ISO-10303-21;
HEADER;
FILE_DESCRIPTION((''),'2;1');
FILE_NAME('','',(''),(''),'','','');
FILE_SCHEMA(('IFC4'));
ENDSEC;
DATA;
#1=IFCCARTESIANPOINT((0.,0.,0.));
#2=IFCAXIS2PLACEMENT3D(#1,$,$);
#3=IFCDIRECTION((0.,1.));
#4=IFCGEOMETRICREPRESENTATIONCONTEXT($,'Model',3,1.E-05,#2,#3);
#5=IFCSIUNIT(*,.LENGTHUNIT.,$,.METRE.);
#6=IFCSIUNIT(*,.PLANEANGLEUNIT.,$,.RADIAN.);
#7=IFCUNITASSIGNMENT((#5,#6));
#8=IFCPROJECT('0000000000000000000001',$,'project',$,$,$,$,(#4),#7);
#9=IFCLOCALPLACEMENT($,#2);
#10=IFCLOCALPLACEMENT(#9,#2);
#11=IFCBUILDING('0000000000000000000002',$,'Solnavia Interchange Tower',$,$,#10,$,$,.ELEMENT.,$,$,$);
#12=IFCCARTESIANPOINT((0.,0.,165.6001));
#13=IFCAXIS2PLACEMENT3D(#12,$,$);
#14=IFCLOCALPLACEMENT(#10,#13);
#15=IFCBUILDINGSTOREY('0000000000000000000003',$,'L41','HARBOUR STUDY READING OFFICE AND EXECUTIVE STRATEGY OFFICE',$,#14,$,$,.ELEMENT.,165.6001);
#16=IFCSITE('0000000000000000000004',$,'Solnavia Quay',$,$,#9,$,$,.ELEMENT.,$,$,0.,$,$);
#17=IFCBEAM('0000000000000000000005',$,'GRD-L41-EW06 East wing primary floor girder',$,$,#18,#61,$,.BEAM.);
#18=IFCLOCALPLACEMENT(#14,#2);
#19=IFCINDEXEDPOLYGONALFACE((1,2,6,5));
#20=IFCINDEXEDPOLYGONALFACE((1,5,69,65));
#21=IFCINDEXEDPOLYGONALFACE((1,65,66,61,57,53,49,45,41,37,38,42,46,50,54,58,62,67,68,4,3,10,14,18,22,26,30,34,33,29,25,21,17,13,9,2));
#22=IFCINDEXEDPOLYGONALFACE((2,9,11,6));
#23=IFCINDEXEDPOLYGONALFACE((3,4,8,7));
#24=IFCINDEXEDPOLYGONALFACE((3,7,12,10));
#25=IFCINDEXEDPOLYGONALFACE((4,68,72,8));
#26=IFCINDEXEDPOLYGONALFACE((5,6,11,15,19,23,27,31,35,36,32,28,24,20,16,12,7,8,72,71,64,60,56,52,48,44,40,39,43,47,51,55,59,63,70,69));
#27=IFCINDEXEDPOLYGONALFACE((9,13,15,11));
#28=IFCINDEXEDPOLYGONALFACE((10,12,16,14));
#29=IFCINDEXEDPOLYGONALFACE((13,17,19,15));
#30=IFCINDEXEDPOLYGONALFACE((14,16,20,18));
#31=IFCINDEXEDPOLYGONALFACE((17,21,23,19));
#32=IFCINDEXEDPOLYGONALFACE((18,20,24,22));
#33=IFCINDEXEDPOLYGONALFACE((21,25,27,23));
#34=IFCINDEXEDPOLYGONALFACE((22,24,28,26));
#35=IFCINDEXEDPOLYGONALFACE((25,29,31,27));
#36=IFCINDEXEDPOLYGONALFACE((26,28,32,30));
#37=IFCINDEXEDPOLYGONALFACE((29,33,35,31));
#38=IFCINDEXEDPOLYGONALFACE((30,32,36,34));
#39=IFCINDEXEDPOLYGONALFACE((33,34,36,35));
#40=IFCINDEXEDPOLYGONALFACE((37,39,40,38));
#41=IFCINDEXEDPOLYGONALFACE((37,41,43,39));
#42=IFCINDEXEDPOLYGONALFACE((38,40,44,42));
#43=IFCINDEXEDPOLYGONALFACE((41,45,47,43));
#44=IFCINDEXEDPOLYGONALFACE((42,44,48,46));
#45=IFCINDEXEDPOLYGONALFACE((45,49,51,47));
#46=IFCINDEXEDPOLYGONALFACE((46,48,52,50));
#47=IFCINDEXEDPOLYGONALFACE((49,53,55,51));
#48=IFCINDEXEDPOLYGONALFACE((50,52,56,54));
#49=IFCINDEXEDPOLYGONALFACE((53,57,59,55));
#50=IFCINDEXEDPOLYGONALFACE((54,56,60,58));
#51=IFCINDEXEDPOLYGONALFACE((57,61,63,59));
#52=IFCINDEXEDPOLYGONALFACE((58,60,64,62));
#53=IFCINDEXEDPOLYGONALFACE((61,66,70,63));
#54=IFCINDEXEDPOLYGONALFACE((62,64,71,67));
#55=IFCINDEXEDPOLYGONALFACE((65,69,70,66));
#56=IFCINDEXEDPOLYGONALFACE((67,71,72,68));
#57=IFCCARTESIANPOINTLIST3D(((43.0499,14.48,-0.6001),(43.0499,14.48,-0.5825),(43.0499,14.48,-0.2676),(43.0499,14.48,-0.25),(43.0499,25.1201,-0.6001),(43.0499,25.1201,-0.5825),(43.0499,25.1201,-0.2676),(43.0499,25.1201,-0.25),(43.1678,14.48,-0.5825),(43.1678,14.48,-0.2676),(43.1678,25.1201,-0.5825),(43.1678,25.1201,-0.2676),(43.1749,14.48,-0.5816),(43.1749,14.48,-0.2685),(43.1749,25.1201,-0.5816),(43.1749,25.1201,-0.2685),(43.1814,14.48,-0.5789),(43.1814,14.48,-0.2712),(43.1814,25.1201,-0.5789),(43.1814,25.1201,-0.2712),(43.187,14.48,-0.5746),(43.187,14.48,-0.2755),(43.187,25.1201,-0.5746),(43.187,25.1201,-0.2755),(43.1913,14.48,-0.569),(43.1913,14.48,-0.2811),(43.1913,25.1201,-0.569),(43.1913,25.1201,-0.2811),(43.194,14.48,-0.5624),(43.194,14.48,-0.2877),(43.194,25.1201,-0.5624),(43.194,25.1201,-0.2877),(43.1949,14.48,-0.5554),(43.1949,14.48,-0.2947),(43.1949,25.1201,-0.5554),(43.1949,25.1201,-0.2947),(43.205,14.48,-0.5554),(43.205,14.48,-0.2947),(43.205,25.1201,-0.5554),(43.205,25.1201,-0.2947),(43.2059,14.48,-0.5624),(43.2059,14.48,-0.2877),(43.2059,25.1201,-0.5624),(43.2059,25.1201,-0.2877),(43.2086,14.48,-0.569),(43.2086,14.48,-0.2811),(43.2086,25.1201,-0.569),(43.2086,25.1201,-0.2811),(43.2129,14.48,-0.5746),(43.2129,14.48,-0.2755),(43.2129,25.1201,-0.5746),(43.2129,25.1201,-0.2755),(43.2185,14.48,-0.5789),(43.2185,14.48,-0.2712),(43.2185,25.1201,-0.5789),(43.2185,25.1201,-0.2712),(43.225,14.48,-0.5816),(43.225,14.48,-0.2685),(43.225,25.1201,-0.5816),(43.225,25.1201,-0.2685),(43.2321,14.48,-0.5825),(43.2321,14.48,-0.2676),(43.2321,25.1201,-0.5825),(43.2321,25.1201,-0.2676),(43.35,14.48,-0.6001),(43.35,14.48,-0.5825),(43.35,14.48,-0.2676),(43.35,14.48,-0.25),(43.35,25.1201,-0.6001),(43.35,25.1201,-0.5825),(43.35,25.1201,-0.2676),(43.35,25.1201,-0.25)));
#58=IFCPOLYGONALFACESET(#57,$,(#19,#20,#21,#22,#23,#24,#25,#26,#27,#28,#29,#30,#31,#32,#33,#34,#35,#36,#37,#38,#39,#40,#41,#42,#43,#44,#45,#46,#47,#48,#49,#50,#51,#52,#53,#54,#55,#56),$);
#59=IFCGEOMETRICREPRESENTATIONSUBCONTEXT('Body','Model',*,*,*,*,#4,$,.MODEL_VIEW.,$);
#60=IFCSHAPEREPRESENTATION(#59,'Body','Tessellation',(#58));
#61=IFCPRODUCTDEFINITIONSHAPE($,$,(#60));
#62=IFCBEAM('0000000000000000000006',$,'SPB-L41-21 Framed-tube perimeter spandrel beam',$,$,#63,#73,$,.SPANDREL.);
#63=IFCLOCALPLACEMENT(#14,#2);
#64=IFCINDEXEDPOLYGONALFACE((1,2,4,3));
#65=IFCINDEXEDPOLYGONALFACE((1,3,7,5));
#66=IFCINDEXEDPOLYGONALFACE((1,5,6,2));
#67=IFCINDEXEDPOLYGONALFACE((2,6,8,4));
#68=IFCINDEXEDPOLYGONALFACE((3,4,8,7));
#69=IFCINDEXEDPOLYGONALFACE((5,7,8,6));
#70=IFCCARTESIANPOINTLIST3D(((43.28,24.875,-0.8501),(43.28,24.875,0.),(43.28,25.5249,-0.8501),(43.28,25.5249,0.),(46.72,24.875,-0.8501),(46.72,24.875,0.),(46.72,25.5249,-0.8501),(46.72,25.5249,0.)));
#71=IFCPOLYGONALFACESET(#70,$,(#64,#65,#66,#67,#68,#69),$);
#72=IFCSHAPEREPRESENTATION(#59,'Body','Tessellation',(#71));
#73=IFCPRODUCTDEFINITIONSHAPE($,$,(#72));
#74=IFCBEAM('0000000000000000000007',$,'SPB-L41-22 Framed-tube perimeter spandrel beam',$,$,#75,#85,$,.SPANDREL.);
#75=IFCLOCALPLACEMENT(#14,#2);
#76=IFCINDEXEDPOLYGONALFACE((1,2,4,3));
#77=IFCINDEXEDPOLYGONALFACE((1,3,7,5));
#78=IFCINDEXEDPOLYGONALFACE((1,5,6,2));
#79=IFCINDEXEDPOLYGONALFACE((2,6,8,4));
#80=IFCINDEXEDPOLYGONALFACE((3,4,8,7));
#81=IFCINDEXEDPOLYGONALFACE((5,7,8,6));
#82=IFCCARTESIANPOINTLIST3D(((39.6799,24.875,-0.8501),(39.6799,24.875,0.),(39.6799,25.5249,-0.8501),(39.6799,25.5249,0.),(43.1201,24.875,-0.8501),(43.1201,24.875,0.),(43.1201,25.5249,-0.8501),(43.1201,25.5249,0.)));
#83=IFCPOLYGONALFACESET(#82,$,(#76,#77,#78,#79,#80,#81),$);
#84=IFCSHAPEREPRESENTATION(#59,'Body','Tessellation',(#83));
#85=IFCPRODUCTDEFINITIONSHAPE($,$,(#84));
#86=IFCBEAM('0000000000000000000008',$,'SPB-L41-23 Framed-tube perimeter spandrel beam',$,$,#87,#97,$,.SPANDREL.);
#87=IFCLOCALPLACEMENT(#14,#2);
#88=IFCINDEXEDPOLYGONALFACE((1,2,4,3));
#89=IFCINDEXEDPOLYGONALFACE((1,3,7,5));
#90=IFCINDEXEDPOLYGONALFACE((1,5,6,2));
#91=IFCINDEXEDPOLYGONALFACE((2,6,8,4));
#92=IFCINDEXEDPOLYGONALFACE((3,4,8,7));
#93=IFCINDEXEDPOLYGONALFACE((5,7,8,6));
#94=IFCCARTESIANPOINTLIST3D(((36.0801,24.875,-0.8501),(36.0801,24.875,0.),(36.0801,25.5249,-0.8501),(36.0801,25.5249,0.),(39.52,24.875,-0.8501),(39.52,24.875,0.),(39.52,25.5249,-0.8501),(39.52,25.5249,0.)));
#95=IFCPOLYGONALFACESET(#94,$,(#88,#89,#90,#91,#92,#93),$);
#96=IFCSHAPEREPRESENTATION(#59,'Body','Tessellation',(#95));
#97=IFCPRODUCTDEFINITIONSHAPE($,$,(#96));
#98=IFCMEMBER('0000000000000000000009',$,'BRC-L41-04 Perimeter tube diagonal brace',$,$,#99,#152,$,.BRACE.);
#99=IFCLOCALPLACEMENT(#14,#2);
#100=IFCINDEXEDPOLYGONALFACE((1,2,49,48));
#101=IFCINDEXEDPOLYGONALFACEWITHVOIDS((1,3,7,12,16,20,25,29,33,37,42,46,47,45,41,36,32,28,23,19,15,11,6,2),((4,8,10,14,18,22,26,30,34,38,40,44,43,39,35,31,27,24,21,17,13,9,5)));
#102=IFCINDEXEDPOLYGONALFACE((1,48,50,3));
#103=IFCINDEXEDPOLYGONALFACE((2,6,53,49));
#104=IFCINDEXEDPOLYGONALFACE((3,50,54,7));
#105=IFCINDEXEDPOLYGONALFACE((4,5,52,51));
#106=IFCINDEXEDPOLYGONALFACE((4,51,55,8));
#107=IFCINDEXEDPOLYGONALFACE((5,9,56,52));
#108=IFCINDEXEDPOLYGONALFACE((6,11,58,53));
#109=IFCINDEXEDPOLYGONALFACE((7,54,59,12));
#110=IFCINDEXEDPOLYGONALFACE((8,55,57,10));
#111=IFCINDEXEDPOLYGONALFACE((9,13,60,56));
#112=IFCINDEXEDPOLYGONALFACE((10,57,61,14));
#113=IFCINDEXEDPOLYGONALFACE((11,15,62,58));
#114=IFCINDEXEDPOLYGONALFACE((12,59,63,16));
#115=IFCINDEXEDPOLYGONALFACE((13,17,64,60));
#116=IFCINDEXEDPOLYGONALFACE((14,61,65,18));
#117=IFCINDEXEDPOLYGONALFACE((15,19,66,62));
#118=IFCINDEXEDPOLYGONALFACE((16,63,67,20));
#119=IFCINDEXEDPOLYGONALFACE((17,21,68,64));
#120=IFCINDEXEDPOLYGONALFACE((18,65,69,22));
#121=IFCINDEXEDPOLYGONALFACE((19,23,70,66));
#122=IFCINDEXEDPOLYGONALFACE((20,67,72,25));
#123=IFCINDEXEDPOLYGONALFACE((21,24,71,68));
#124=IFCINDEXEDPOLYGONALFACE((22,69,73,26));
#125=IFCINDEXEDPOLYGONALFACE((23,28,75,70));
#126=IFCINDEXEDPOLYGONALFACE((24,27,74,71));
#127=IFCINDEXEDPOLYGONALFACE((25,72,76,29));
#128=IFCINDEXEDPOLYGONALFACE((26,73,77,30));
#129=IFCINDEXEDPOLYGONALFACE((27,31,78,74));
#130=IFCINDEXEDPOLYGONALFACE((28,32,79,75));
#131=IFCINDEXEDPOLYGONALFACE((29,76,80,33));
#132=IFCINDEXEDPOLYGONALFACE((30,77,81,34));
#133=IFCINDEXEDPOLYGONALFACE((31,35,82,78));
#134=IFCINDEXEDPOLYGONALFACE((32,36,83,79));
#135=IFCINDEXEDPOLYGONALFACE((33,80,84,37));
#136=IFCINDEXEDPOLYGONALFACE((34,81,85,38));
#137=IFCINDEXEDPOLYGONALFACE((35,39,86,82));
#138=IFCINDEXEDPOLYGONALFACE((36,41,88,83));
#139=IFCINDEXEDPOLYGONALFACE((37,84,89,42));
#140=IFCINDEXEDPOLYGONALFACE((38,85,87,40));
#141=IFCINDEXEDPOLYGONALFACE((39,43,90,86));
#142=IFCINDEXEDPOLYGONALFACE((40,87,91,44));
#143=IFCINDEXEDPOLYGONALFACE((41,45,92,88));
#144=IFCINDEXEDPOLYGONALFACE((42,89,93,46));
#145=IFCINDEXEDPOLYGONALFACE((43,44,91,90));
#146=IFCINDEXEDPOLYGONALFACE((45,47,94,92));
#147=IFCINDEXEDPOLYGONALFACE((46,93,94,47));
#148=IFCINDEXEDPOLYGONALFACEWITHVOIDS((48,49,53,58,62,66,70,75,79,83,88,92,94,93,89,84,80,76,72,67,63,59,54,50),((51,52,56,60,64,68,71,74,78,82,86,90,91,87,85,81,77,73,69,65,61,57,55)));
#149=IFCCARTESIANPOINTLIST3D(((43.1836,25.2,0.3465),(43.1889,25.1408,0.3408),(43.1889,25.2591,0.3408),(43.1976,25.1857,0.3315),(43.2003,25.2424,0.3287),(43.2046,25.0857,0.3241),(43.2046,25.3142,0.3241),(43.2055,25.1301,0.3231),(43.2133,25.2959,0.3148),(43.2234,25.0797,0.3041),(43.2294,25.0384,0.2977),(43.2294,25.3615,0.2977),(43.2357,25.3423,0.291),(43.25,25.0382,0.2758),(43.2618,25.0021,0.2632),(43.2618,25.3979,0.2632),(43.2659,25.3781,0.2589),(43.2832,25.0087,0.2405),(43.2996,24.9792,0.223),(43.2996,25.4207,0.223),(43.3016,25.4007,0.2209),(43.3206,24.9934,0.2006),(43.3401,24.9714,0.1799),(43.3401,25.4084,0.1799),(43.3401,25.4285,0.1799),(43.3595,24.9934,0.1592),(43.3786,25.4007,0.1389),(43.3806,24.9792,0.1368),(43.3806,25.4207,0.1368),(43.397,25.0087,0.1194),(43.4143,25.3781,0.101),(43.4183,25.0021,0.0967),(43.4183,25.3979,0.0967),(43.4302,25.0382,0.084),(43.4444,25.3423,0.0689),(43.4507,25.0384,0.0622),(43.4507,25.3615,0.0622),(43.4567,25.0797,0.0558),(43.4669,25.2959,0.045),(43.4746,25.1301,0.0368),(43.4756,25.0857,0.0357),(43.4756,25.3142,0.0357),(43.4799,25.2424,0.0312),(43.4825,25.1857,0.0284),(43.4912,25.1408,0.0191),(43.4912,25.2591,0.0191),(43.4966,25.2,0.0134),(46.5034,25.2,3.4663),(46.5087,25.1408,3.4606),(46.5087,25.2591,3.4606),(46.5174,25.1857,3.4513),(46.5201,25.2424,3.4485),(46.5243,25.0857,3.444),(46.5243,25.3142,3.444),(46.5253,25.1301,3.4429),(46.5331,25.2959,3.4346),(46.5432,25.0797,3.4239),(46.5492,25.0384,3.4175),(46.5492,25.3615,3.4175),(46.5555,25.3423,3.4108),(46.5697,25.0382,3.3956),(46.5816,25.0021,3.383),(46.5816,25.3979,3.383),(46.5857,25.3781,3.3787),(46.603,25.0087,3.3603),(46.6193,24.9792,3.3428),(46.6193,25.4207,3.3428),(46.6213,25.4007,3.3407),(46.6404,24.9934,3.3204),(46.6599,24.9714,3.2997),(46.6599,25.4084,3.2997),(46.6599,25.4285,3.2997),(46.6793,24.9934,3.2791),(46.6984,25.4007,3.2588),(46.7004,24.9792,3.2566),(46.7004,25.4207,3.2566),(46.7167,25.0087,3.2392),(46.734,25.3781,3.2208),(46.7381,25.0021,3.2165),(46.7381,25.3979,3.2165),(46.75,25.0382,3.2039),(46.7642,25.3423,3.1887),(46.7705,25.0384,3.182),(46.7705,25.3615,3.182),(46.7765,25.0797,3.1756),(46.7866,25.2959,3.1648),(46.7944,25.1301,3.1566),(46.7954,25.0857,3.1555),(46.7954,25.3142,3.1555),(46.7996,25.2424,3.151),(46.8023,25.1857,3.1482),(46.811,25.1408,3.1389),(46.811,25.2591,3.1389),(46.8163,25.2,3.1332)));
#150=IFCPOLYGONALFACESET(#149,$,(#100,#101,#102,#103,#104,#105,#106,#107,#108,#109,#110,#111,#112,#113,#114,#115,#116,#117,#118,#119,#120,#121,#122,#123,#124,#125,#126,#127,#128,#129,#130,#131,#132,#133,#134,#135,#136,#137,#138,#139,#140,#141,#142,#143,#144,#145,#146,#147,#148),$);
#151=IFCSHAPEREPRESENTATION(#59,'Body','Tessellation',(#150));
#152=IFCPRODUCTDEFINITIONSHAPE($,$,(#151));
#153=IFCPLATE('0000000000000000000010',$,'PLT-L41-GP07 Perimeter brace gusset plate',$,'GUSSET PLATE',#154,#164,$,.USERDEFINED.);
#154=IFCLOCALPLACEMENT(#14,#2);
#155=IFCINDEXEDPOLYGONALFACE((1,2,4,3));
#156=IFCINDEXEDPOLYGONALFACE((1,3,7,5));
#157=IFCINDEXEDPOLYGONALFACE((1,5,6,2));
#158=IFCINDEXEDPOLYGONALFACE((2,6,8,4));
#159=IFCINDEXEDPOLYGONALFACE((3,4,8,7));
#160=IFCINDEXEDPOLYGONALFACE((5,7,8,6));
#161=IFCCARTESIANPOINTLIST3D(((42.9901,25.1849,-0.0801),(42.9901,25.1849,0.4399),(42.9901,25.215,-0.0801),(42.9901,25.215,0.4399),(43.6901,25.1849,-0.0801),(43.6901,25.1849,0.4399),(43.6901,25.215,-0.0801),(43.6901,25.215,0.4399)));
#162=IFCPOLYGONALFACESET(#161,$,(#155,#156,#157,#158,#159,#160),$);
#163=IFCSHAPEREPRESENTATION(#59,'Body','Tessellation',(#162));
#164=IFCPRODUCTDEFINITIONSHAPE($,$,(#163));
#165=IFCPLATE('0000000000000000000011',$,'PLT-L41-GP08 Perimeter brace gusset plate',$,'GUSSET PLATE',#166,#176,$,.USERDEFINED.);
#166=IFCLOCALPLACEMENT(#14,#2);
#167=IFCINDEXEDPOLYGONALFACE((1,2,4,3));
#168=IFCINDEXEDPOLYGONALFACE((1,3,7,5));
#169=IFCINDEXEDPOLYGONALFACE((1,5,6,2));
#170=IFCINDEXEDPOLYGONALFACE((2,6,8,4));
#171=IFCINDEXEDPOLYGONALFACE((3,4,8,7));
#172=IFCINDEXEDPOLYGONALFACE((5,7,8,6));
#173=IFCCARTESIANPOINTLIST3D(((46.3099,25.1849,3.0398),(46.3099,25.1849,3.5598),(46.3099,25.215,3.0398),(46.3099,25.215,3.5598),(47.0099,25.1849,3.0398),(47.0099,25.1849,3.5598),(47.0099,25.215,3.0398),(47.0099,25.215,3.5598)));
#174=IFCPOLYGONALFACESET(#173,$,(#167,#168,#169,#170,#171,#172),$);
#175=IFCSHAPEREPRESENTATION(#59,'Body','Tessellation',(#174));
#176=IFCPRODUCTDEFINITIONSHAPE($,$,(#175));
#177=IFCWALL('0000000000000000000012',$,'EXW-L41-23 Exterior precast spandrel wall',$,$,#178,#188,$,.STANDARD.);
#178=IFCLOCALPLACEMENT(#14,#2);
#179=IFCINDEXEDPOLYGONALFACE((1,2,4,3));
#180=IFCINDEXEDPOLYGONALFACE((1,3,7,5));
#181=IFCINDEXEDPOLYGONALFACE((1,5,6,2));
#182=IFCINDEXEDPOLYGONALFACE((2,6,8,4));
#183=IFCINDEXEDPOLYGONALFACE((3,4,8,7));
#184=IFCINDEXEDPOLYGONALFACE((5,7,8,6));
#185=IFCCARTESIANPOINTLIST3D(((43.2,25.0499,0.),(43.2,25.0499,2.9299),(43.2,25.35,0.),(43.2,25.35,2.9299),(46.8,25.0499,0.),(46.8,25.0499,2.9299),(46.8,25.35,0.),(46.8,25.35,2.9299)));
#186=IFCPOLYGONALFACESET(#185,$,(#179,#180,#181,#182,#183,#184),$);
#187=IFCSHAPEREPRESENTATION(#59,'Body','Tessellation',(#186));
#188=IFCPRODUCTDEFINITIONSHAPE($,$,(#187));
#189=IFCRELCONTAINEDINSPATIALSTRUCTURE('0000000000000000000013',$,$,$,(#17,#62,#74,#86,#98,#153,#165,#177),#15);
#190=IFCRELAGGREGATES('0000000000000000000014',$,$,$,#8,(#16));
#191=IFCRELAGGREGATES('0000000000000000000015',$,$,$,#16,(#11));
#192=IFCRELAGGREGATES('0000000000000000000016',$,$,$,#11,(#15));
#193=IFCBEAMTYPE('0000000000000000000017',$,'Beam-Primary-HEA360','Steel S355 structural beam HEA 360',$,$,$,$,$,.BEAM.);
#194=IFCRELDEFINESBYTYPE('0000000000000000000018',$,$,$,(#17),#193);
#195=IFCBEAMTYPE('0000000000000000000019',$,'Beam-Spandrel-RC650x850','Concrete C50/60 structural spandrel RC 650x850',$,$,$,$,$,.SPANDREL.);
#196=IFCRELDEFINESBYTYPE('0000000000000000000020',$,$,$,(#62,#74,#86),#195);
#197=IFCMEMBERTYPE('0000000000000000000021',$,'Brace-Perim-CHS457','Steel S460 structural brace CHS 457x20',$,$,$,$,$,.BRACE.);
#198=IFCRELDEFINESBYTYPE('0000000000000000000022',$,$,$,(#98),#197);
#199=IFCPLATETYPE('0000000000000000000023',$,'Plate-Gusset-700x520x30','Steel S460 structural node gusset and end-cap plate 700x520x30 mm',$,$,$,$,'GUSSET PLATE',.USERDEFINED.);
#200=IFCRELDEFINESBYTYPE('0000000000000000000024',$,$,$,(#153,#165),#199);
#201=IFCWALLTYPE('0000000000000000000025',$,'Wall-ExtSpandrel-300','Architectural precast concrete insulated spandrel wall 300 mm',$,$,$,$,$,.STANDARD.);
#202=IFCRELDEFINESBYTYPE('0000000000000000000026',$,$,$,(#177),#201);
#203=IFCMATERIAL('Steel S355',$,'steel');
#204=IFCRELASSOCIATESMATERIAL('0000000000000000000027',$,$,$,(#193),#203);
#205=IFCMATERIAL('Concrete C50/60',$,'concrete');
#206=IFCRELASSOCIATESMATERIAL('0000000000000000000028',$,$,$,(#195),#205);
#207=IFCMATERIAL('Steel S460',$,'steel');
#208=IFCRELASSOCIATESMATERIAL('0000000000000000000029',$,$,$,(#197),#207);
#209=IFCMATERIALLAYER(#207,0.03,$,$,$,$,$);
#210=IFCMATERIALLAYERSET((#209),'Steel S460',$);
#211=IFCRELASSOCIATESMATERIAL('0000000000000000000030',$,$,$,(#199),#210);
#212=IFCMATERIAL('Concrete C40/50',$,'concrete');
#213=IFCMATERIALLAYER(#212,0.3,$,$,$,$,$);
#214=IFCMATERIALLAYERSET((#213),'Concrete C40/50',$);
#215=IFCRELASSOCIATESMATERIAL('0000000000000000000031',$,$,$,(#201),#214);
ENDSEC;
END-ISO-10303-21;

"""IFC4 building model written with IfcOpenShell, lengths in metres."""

from ifc_helpers import new_model, si_unit, direction, frame, frame_2d, origin, origin_2d, place, context, subcontext, project, spatial, rectangle, hollow_circle, i_section, extrude, material, layer, layer_set, material_profile, profile_set, type_object, element, save


model = new_model("IFC4")

# Units and contexts
model_context = context("Model", 3, precision=1e-05, world=origin(), true_north=direction((0.0, 1.0)))
body_context = subcontext(model_context, "Body", "Model", "MODEL_VIEW")
ifc_project = project(units=[si_unit("LENGTHUNIT", "METRE"), si_unit("PLANEANGLEUNIT", "RADIAN")], contexts=[model_context])

# Site, building, storey
site_placement = place(None, origin())
site = spatial("IfcSite", under=ifc_project, at=site_placement, Name="Solnavia Quay", CompositionType="ELEMENT", RefElevation=0.0)
building_placement = place(site_placement, origin())
building = spatial("IfcBuilding", under=site, at=building_placement, Name="Solnavia Interchange Tower", CompositionType="ELEMENT")
storey_placement = place(building_placement, frame((0.0, 0.0, 165.6001)))
storey = spatial("IfcBuildingStorey", under=building, at=storey_placement, Name="L41", Description="HARBOUR STUDY READING OFFICE AND EXECUTIVE STRATEGY OFFICE", CompositionType="ELEMENT", Elevation=165.6001)

# Shared definitions
ifc_material_1 = material(Name="Concrete C50/60", Category="concrete")
ifc_material_2 = material(Name="Steel S355", Category="steel")

# Beams
ifc_material_3 = material(Name="Steel S460", Category="steel")
ifc_material_profile_1 = material_profile(ifc_material_2, i_section(OverallWidth=0.3, OverallDepth=0.3501, WebThickness=0.01, FlangeThickness=0.0176, FilletRadius=0.0271, at=origin_2d()), Name="HEA 360")
ifc_profile_set_1 = profile_set([ifc_material_profile_1], Name="Steel S355")
beam_type_1 = type_object("IfcBeamType", Name="Beam-Primary-HEA360", Description="Steel S355 structural beam HEA 360", PredefinedType="BEAM", material=ifc_profile_set_1)
beam_1_placement = place(storey_placement, frame((43.2, 14.48, -0.425), z_axis=(0.0, 1.0, 0.0), x_axis=(-1.0, 0.0, 0.0)))
element("IfcBeam", 1, at=beam_1_placement, inside=storey, type_object=beam_type_1, Name="GRD-L41-EW06 East wing primary floor girder", PredefinedType="BEAM", context=body_context, shape_type="SweptSolid", body=[
    extrude(i_section(OverallWidth=0.3, OverallDepth=0.3501, WebThickness=0.01, FlangeThickness=0.0176, FilletRadius=0.0271, at=origin_2d()), origin(), (0.0, 0.0, 1.0), 10.6401),
])
ifc_material_profile_2 = material_profile(ifc_material_1, rectangle(XDim=0.6499, YDim=0.8501, at=origin_2d()), Name="RC 650x850")
ifc_profile_set_2 = profile_set([ifc_material_profile_2], Name="Concrete C50/60")
beam_type_2 = type_object("IfcBeamType", Name="Beam-Spandrel-RC650x850", Description="Concrete C50/60 structural spandrel RC 650x850", PredefinedType="SPANDREL", material=ifc_profile_set_2)
beam_2_placement = place(storey_placement, frame((46.72, 25.2, -0.425), z_axis=(-1.0, 0.0, 0.0), x_axis=(0.0, -1.0, 0.0)))
element("IfcBeam", 2, at=beam_2_placement, inside=storey, type_object=beam_type_2, Name="SPB-L41-21 Framed-tube perimeter spandrel beam", PredefinedType="SPANDREL", context=body_context, shape_type="SweptSolid", body=[
    extrude(rectangle(XDim=0.6499, YDim=0.8501, at=origin_2d()), origin(), (0.0, 0.0, 1.0), 3.4399),
])
beam_3_placement = place(storey_placement, frame((43.1201, 25.2, -0.425), z_axis=(-1.0, 0.0, 0.0), x_axis=(0.0, -1.0, 0.0)))
element("IfcBeam", 3, at=beam_3_placement, inside=storey, type_object=beam_type_2, Name="SPB-L41-22 Framed-tube perimeter spandrel beam", PredefinedType="SPANDREL", context=body_context, shape_type="SweptSolid", body=[
    extrude(rectangle(XDim=0.6499, YDim=0.8501, at=origin_2d()), origin(), (0.0, 0.0, 1.0), 3.4402),
])
beam_4_placement = place(storey_placement, frame((39.52, 25.2, -0.425), z_axis=(-1.0, 0.0, 0.0), x_axis=(0.0, -1.0, 0.0)))
element("IfcBeam", 4, at=beam_4_placement, inside=storey, type_object=beam_type_2, Name="SPB-L41-23 Framed-tube perimeter spandrel beam", PredefinedType="SPANDREL", context=body_context, shape_type="SweptSolid", body=[
    extrude(rectangle(XDim=0.6499, YDim=0.8501, at=origin_2d()), origin(), (0.0, 0.0, 1.0), 3.4399),
])

# Member
ifc_material_profile_3 = material_profile(ifc_material_3, hollow_circle(Radius=0.2285, WallThickness=0.02, at=origin_2d()), Name="CHS 457x20")
ifc_profile_set_3 = profile_set([ifc_material_profile_3], Name="Steel S460")
member_type = type_object("IfcMemberType", Name="Brace-Perim-CHS457", Description="Steel S460 structural brace CHS 457x20", PredefinedType="BRACE", material=ifc_profile_set_3)
member_placement = place(storey_placement, frame((43.3401, 25.2, 0.1799), z_axis=(0.728711, 0.0, 0.684821), x_axis=(0.0, 1.0, 0.0)))
element("IfcMember", 5, at=member_placement, inside=storey, type_object=member_type, Name="BRC-L41-04 Perimeter tube diagonal brace", PredefinedType="BRACE", context=body_context, shape_type="SweptSolid", body=[
    extrude(hollow_circle(Radius=0.2285, WallThickness=0.02, at=origin_2d()), origin(), (0.0, 0.0, 1.0), 4.5557),
])

# Plates
ifc_layer_1 = layer(ifc_material_3, 0.03)
ifc_layer_set_1 = layer_set([ifc_layer_1], Name="Steel S460")
plate_type = type_object("IfcPlateType", Name="Plate-Gusset-700x520x30", Description="Steel S460 structural node gusset and end-cap plate 700x520x30 mm", ElementType="GUSSET PLATE", PredefinedType="USERDEFINED", material=ifc_layer_set_1)
for number, where, z_axis, x_axis, name in (
    (6, (43.3401, 25.2, -0.0801), (0.0, 0.0, 1.0), (1.0, 0.0, 0.0), "PLT-L41-GP07 Perimeter brace gusset plate"),
    (7, (46.6599, 25.2, 3.0398), (0.0, 0.0, 1.0), (1.0, 0.0, 0.0), "PLT-L41-GP08 Perimeter brace gusset plate"),
):
    element("IfcPlate", number, at=place(storey_placement, frame(where, z_axis=z_axis, x_axis=x_axis)), inside=storey, type_object=plate_type, Name=name, ObjectType="GUSSET PLATE", PredefinedType="USERDEFINED", context=body_context, shape_type="SweptSolid", body=[
        extrude(rectangle(XDim=0.7, YDim=0.03, at=origin_2d()), origin(), (0.0, 0.0, 1.0), 0.52),
    ])

# Wall
ifc_material_4 = material(Name="Concrete C40/50", Category="concrete")
ifc_layer_2 = layer(ifc_material_4, 0.3)
ifc_layer_set_2 = layer_set([ifc_layer_2], Name="Concrete C40/50")
wall_type_1 = type_object("IfcWallType", Name="Wall-ExtSpandrel-300", Description="Architectural precast concrete insulated spandrel wall 300 mm", PredefinedType="STANDARD", material=ifc_layer_set_2)
wall_1_placement = place(storey_placement, frame((43.2, 25.2, 0.0), z_axis=(0.0, 0.0, 1.0), x_axis=(1.0, 0.0, 0.0)))
element("IfcWall", 8, at=wall_1_placement, inside=storey, type_object=wall_type_1, Name="EXW-L41-23 Exterior precast spandrel wall", PredefinedType="STANDARD", context=body_context, shape_type="SweptSolid", body=[
    extrude(rectangle(XDim=3.6001, YDim=0.3, at=frame_2d((1.8, 0.0))), origin(), (0.0, 0.0, 1.0), 2.9299),
])

save(model, "model.ifc")
